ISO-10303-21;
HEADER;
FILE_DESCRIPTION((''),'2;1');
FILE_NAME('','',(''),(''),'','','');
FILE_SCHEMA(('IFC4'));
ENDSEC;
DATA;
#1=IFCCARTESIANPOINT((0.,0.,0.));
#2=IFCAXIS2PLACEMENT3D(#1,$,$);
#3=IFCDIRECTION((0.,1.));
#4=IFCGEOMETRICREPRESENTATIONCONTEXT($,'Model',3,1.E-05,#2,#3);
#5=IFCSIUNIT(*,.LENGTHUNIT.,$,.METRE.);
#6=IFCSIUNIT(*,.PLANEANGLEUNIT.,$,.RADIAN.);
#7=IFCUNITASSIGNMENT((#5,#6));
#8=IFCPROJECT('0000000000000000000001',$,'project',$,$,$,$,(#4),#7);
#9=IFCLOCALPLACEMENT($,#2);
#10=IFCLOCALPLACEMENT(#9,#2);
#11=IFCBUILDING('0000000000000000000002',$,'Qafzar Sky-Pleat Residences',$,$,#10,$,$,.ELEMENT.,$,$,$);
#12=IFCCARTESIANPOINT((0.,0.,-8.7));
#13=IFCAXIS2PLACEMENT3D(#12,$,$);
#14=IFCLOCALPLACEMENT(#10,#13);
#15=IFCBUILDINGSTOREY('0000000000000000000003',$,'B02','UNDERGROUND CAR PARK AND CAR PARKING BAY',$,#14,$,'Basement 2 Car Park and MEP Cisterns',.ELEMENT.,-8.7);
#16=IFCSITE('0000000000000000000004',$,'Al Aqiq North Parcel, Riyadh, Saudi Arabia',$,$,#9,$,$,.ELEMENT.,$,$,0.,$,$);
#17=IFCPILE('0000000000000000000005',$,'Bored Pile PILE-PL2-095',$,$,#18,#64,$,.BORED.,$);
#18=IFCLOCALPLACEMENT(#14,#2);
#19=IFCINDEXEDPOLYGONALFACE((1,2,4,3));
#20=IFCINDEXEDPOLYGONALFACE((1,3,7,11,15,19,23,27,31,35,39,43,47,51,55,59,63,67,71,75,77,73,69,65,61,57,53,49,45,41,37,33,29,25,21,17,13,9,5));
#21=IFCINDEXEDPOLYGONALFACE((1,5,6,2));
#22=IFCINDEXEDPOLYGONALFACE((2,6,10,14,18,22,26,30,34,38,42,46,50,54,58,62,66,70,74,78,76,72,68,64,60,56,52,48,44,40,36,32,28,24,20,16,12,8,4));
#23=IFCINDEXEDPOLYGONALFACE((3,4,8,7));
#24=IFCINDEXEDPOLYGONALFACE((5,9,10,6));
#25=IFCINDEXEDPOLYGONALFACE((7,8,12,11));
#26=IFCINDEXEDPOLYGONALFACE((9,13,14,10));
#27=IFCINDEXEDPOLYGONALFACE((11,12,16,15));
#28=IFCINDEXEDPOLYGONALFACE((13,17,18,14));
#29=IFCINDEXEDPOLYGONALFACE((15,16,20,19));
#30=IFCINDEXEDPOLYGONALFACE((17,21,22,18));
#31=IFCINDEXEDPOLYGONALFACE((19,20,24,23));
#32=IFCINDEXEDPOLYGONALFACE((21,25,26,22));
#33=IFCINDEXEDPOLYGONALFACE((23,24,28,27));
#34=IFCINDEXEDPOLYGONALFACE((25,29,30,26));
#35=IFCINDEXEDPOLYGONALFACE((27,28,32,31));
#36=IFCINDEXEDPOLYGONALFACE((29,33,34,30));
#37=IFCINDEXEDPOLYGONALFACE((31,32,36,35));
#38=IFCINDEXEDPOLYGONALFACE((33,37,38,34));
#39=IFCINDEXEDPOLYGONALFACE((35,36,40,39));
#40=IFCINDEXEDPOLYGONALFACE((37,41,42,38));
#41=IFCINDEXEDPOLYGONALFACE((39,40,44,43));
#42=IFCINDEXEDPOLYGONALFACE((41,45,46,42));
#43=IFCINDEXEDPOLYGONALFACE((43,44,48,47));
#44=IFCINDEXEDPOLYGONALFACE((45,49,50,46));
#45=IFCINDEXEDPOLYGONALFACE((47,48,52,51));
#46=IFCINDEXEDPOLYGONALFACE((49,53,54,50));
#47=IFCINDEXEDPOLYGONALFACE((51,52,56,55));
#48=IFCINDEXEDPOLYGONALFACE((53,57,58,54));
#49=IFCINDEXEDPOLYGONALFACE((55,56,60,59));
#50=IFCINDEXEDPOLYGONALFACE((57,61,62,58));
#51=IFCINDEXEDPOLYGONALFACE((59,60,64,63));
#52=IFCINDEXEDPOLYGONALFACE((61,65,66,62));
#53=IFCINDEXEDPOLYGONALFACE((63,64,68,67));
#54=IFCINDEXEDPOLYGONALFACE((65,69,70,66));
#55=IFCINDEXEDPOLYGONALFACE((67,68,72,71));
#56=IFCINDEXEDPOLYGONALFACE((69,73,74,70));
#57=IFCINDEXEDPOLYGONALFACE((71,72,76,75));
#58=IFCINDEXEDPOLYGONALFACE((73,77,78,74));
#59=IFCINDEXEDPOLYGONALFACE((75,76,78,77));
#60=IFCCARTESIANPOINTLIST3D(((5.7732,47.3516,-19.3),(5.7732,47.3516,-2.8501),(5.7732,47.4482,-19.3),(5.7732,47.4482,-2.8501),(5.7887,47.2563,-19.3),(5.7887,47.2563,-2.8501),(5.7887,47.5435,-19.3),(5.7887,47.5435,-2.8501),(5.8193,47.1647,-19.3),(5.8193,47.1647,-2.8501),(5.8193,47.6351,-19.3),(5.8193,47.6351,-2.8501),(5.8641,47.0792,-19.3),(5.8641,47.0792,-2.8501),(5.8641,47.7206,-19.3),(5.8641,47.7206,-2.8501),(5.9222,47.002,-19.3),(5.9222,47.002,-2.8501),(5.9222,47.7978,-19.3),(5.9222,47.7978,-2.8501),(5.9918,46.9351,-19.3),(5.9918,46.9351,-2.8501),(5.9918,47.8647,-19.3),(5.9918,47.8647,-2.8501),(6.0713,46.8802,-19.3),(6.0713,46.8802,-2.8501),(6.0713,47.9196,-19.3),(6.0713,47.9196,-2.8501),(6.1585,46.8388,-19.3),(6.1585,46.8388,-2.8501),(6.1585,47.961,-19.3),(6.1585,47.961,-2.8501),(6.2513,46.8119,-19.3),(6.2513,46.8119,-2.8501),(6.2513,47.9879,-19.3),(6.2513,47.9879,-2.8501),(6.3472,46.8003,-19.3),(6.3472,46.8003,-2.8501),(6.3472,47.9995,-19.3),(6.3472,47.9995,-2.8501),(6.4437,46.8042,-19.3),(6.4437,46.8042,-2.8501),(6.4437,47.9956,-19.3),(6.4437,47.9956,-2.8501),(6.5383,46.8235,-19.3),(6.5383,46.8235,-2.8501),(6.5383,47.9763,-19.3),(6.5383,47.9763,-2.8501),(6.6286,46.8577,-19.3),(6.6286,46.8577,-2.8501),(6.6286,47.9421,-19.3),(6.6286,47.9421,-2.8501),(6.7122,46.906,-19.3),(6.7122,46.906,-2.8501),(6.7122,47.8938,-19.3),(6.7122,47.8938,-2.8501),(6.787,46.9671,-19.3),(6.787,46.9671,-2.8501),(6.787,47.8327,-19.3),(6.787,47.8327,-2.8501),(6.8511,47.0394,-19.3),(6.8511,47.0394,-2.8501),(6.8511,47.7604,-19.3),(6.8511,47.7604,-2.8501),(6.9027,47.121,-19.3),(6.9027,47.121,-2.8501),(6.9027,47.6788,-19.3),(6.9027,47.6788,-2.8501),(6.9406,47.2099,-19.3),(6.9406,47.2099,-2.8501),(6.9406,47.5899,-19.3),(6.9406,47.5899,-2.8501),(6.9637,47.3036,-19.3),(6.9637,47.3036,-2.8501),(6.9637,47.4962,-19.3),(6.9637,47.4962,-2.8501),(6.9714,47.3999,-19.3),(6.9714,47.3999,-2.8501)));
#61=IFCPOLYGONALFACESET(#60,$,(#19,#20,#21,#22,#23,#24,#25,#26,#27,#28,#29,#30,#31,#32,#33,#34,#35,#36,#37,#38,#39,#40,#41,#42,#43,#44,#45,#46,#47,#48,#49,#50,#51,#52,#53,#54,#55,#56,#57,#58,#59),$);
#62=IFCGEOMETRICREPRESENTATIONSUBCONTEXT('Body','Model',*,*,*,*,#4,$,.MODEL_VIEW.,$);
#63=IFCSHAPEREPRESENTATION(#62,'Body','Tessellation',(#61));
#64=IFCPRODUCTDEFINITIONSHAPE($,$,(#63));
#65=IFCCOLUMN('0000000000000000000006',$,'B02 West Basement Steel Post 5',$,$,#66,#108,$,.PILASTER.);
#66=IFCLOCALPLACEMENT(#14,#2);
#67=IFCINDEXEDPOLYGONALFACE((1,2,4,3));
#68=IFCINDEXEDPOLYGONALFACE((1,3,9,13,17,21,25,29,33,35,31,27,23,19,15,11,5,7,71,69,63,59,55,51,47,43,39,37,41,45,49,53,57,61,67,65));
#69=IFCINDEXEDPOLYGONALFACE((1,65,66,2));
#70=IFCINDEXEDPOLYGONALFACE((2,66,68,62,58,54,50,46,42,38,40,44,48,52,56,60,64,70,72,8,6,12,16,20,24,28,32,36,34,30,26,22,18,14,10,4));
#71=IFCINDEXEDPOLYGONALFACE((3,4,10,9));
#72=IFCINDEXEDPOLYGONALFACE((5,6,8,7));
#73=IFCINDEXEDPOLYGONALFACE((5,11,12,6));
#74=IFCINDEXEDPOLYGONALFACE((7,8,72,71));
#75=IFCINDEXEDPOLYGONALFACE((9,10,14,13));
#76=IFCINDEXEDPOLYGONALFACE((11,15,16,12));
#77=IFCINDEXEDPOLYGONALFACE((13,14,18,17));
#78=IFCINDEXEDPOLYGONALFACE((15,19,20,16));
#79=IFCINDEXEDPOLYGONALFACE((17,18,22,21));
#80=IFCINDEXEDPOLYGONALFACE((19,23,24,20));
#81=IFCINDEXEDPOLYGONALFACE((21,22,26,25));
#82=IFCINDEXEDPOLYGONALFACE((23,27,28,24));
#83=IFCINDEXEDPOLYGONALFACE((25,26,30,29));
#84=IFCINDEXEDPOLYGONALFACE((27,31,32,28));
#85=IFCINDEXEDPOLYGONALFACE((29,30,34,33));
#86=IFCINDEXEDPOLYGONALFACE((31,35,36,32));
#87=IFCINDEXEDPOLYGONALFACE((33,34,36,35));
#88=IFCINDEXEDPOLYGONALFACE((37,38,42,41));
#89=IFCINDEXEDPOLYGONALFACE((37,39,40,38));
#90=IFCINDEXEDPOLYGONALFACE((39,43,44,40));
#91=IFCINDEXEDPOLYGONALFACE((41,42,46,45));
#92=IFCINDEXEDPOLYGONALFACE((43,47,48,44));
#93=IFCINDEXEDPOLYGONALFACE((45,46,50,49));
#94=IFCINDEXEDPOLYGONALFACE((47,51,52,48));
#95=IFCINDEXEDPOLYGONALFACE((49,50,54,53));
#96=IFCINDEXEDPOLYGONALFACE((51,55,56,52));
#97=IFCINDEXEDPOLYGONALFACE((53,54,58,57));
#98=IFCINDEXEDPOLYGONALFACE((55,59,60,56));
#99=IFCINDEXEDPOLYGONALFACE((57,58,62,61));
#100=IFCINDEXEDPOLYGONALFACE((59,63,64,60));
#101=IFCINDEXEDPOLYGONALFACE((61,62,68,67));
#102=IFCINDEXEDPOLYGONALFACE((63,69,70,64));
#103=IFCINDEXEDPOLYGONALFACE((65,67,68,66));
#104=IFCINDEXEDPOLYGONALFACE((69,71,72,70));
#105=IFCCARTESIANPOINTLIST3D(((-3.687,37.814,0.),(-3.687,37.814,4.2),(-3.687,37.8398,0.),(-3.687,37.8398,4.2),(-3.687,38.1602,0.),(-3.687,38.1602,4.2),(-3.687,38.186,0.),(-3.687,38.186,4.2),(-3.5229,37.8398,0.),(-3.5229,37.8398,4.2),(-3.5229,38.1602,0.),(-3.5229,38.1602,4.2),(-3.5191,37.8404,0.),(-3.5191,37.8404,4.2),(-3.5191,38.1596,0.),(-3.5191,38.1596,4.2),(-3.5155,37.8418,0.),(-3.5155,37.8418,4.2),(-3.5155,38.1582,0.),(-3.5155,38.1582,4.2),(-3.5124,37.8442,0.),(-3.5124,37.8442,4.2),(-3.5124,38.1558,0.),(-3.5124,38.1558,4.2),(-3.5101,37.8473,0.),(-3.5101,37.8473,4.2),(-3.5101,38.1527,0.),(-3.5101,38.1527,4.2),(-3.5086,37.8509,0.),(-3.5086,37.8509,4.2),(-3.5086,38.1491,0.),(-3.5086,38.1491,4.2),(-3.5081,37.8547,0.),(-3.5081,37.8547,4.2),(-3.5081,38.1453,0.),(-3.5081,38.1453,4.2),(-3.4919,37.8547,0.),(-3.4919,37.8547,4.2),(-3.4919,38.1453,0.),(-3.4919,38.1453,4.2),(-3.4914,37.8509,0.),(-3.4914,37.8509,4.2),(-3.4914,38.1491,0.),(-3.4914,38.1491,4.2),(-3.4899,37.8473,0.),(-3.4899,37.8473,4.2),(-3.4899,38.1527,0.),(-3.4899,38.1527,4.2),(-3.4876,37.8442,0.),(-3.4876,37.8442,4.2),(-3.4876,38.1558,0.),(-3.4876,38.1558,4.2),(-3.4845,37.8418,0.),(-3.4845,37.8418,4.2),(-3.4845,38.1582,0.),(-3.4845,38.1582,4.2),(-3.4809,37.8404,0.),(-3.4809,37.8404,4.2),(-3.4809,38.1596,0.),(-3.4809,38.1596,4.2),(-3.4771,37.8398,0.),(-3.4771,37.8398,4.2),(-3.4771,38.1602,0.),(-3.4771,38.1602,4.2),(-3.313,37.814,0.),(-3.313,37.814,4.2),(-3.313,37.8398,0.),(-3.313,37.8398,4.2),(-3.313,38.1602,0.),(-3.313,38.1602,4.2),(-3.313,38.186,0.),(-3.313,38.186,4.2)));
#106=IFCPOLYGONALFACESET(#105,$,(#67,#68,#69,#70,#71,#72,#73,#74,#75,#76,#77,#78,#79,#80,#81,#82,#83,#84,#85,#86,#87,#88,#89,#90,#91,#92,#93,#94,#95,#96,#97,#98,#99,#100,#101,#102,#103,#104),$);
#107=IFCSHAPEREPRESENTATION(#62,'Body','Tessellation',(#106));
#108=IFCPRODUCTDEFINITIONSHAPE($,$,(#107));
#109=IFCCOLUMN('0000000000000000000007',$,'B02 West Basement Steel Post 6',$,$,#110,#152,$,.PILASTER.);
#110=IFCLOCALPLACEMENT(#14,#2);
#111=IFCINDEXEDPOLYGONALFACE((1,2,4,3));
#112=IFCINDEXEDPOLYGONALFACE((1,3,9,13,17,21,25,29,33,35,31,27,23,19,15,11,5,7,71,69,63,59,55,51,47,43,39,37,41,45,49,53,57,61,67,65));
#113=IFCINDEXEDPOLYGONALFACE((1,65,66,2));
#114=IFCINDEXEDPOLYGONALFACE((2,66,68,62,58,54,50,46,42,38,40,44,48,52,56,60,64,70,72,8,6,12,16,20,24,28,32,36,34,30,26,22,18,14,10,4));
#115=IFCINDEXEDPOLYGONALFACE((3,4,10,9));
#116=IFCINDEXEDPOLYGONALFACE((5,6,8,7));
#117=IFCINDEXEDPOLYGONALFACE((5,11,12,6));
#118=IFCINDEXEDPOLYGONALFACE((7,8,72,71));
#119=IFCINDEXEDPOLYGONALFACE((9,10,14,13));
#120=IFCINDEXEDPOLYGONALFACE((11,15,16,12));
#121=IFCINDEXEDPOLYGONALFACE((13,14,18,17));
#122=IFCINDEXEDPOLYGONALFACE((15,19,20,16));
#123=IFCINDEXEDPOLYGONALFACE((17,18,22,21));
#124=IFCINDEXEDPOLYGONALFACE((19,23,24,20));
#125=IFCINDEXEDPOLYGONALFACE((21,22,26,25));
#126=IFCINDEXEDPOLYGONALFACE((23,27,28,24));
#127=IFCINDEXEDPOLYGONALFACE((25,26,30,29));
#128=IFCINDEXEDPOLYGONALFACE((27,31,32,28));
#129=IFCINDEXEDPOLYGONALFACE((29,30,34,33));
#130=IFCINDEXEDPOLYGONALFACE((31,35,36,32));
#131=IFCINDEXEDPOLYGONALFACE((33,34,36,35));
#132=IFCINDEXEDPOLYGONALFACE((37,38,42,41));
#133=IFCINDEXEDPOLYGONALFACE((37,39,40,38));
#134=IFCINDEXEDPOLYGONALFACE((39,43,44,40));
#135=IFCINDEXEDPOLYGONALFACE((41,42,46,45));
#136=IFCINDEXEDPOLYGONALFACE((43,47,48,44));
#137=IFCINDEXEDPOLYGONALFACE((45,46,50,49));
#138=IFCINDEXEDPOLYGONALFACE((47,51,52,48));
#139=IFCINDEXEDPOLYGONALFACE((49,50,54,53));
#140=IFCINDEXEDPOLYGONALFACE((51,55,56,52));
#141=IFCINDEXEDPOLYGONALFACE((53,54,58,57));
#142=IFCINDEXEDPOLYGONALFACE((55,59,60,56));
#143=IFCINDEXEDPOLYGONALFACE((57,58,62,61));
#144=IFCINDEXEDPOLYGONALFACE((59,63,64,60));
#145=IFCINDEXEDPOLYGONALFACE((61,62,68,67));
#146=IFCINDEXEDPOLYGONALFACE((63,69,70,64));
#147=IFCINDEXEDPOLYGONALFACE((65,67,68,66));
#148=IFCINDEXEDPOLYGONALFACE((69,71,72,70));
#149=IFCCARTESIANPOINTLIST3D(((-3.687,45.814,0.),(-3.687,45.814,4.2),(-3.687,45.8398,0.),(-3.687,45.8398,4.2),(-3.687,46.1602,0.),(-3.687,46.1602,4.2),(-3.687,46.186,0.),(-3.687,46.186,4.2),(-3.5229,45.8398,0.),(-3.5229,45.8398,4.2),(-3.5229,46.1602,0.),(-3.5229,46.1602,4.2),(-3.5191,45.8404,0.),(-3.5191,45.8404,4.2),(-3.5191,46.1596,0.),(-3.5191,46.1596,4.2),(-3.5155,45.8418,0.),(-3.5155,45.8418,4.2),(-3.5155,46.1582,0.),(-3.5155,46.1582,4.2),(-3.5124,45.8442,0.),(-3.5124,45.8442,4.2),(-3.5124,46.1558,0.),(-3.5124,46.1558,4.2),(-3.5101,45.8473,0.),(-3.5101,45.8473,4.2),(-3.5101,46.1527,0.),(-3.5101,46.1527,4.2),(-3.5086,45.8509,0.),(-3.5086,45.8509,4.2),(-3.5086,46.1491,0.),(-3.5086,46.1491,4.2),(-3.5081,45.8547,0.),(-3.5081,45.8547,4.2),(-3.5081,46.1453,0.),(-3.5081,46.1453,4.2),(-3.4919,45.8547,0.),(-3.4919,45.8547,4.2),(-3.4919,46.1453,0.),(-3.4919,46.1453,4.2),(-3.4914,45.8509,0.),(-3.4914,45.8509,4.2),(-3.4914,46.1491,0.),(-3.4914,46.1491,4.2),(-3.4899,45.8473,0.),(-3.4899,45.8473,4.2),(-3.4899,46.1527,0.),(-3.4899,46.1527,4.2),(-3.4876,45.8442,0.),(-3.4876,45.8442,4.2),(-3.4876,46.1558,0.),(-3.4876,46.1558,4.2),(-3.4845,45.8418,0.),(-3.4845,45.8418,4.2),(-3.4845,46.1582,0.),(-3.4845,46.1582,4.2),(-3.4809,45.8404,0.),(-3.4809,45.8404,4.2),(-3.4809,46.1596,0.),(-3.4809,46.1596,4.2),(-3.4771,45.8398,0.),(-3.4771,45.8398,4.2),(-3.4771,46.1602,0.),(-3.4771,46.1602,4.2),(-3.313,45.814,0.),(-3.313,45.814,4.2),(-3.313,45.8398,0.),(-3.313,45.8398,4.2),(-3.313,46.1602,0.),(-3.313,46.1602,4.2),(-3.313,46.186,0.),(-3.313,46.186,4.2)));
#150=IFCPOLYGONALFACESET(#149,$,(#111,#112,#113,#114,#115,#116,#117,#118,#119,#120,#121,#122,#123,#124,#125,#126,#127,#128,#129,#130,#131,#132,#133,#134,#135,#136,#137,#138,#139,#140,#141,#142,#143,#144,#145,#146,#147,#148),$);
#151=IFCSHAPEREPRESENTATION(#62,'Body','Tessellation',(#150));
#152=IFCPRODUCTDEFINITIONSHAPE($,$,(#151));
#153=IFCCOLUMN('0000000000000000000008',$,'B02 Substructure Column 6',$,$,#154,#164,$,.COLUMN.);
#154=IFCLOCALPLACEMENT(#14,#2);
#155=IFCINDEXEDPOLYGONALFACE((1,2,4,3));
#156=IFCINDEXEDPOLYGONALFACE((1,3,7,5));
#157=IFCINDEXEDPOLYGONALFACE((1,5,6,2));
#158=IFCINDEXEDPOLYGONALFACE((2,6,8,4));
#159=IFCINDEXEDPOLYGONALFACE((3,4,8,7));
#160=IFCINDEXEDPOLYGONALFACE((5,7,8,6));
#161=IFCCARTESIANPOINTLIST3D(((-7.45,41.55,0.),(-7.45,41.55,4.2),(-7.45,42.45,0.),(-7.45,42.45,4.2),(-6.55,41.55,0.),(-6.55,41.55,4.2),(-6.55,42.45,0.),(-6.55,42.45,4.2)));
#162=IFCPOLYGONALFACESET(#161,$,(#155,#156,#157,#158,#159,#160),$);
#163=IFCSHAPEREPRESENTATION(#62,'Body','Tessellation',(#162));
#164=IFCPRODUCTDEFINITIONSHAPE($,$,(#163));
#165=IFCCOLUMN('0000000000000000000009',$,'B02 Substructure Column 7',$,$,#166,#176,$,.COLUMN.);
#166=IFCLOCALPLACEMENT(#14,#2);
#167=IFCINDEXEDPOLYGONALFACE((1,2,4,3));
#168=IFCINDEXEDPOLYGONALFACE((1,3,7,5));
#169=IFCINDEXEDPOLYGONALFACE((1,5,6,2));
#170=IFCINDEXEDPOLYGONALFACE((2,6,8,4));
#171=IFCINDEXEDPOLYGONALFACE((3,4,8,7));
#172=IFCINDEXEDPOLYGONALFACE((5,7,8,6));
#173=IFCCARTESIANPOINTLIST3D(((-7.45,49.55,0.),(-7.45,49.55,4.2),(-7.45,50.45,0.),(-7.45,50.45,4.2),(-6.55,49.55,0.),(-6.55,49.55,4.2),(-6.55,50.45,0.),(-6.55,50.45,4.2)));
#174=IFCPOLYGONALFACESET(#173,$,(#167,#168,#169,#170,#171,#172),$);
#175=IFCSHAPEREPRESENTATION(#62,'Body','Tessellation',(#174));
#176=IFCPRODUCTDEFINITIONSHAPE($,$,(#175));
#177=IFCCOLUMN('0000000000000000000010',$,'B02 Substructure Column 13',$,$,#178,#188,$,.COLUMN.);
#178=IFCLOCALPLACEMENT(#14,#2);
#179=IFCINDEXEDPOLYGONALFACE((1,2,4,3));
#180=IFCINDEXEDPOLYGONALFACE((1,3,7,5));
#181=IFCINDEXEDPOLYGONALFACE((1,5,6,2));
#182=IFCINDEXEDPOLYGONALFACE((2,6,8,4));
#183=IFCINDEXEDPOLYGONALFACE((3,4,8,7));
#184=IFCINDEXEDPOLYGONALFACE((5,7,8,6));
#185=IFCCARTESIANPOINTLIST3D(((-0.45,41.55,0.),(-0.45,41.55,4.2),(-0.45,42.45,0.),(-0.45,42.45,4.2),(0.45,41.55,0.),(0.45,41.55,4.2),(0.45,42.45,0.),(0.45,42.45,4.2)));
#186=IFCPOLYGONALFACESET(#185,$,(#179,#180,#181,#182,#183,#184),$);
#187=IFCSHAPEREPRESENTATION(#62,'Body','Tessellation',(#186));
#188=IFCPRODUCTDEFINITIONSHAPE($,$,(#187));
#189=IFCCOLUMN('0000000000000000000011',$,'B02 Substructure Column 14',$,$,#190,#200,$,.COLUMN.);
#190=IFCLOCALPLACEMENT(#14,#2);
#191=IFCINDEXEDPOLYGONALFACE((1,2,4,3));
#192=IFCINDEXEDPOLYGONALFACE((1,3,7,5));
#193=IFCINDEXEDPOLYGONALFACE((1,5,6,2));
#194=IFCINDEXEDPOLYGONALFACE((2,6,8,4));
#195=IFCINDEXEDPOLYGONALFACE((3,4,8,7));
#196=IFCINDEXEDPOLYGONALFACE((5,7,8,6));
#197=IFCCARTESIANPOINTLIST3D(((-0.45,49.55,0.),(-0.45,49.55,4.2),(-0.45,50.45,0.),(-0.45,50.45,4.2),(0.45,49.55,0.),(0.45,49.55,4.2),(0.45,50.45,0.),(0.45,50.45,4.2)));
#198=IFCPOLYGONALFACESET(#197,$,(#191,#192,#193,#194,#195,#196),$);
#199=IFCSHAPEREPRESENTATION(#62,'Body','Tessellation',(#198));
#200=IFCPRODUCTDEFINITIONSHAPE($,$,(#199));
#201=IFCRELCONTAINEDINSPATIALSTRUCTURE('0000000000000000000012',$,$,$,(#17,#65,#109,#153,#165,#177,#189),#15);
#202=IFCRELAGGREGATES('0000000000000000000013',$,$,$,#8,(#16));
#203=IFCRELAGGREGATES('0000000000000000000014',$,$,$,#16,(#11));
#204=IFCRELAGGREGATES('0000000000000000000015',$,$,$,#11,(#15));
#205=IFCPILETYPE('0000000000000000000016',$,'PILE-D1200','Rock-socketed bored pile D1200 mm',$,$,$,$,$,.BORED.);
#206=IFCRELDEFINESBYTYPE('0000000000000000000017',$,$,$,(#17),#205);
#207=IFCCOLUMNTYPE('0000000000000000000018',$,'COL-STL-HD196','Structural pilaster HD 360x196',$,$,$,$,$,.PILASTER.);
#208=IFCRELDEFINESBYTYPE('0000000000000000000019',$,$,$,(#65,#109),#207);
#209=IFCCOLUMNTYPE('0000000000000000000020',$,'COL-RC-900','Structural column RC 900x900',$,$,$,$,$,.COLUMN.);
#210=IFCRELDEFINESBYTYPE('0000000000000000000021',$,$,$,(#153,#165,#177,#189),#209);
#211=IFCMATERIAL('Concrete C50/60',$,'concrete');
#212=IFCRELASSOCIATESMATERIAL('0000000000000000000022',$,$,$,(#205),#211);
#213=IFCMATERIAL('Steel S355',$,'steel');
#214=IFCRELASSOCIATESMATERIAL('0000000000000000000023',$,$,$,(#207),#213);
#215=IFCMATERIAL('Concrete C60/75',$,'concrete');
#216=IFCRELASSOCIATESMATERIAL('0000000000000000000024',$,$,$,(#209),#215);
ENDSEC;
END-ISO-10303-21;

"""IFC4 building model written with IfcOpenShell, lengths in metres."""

from ifc_helpers import new_model, si_unit, direction, frame, origin, origin_2d, place, context, subcontext, project, spatial, rectangle, circle, i_section, extrude, source, transform, mapped, material, material_profile, profile_set, type_object, element, save


model = new_model("IFC4")

# Units and contexts
model_context = context("Model", 3, precision=1e-05, world=origin(), true_north=direction((0.0, 1.0)))
body_context = subcontext(model_context, "Body", "Model", "MODEL_VIEW")
ifc_project = project(units=[si_unit("LENGTHUNIT", "METRE"), si_unit("PLANEANGLEUNIT", "RADIAN")], contexts=[model_context])

# Site, building, storey
site_placement = place(None, origin())
site = spatial("IfcSite", under=ifc_project, at=site_placement, Name="Al Aqiq North Parcel, Riyadh, Saudi Arabia", CompositionType="ELEMENT", RefElevation=0.0)
building_placement = place(site_placement, origin())
building = spatial("IfcBuilding", under=site, at=building_placement, Name="Qafzar Sky-Pleat Residences", CompositionType="ELEMENT")
storey_placement = place(building_placement, frame((0.0, 0.0, -8.7)))
storey = spatial("IfcBuildingStorey", under=building, at=storey_placement, Name="B02", Description="UNDERGROUND CAR PARK AND CAR PARKING BAY", LongName="Basement 2 Car Park and MEP Cisterns", CompositionType="ELEMENT", Elevation=-8.7)

# Pile
ifc_material_1 = material(Name="Concrete C50/60", Category="concrete")
ifc_material_profile_1 = material_profile(ifc_material_1, circle(Radius=0.6001, at=origin_2d()), Name="PILE D1200")
ifc_profile_set_1 = profile_set([ifc_material_profile_1], Name="Concrete C50/60")
pile_type = type_object("IfcPileType", Name="PILE-D1200", Description="Rock-socketed bored pile D1200 mm", PredefinedType="BORED", material=ifc_profile_set_1)
shared_shape_1 = source(origin(), body_context, "Body", "SweptSolid", [
    extrude(circle(Radius=0.6001, at=origin_2d()), origin(), (0.0, 0.0, 1.0), 16.45),
])
for number, where, z_axis, x_axis, name in (
    (1, (6.3713, 47.3999, -2.8501), (0.0, 0.0, -1.0), (1.0, 0.0, 0.0), "Bored Pile PILE-PL2-095"),
):
    element("IfcPile", number, at=place(storey_placement, frame(where, z_axis=z_axis, x_axis=x_axis)), inside=storey, type_object=pile_type, Name=name, PredefinedType="BORED", context=body_context, shape_type="MappedRepresentation", body=[
        mapped(shared_shape_1, transform((0.0, 0.0, 0.0), x_axis=(1.0, 0.0, 0.0), y_axis=(0.0, 1.0, 0.0), z_axis=(0.0, 0.0, 1.0), scale=1.0)),
    ])

# Columns
ifc_material_2 = material(Name="Steel S355", Category="steel")
ifc_material_profile_2 = material_profile(ifc_material_2, i_section(OverallWidth=0.374, OverallDepth=0.3721, WebThickness=0.0161, FlangeThickness=0.0259, FilletRadius=0.0149, at=origin_2d()), Name="HD 360x196")
ifc_profile_set_2 = profile_set([ifc_material_profile_2], Name="Steel S355")
column_type_1 = type_object("IfcColumnType", Name="COL-STL-HD196", Description="Structural pilaster HD 360x196", PredefinedType="PILASTER", material=ifc_profile_set_2)
shared_shape_2 = source(origin(), body_context, "Body", "SweptSolid", [
    extrude(i_section(OverallWidth=0.374, OverallDepth=0.3721, WebThickness=0.0161, FlangeThickness=0.0259, FilletRadius=0.0149, at=origin_2d()), origin(), (0.0, 0.0, 1.0), 4.2),
])
for number, where, z_axis, x_axis, name in (
    (2, (-3.5, 38.0, 0.0), (0.0, 0.0, 1.0), (1.0, 0.0, 0.0), "B02 West Basement Steel Post 5"),
    (3, (-3.5, 46.0, 0.0), (0.0, 0.0, 1.0), (1.0, 0.0, 0.0), "B02 West Basement Steel Post 6"),
):
    element("IfcColumn", number, at=place(storey_placement, frame(where, z_axis=z_axis, x_axis=x_axis)), inside=storey, type_object=column_type_1, Name=name, PredefinedType="PILASTER", context=body_context, shape_type="MappedRepresentation", body=[
        mapped(shared_shape_2, transform((0.0, 0.0, 0.0), x_axis=(1.0, 0.0, 0.0), y_axis=(0.0, 1.0, 0.0), z_axis=(0.0, 0.0, 1.0), scale=1.0)),
    ])
ifc_material_3 = material(Name="Concrete C60/75", Category="concrete")
ifc_material_profile_3 = material_profile(ifc_material_3, rectangle(XDim=0.8999, YDim=0.8999, at=origin_2d()), Name="RC 900x900")
ifc_profile_set_3 = profile_set([ifc_material_profile_3], Name="Concrete C60/75")
column_type_2 = type_object("IfcColumnType", Name="COL-RC-900", Description="Structural column RC 900x900", PredefinedType="COLUMN", material=ifc_profile_set_3)
shared_shape_3 = source(origin(), body_context, "Body", "SweptSolid", [
    extrude(rectangle(XDim=0.8999, YDim=0.8999, at=origin_2d()), origin(), (0.0, 0.0, 1.0), 4.2),
])
for number, where, z_axis, x_axis, name in (
    (4, (-7.0, 42.0, 0.0), (0.0, 0.0, 1.0), (1.0, 0.0, 0.0), "B02 Substructure Column 6"),
    (5, (-7.0, 50.0, 0.0), (0.0, 0.0, 1.0), (1.0, 0.0, 0.0), "B02 Substructure Column 7"),
    (6, (0.0, 42.0, 0.0), (0.0, 0.0, 1.0), (1.0, 0.0, 0.0), "B02 Substructure Column 13"),
    (7, (0.0, 50.0, 0.0), (0.0, 0.0, 1.0), (1.0, 0.0, 0.0), "B02 Substructure Column 14"),
):
    element("IfcColumn", number, at=place(storey_placement, frame(where, z_axis=z_axis, x_axis=x_axis)), inside=storey, type_object=column_type_2, Name=name, PredefinedType="COLUMN", context=body_context, shape_type="MappedRepresentation", body=[
        mapped(shared_shape_3, transform((0.0, 0.0, 0.0), x_axis=(1.0, 0.0, 0.0), y_axis=(0.0, 1.0, 0.0), z_axis=(0.0, 0.0, 1.0), scale=1.0)),
    ])

save(model, "model.ifc")
